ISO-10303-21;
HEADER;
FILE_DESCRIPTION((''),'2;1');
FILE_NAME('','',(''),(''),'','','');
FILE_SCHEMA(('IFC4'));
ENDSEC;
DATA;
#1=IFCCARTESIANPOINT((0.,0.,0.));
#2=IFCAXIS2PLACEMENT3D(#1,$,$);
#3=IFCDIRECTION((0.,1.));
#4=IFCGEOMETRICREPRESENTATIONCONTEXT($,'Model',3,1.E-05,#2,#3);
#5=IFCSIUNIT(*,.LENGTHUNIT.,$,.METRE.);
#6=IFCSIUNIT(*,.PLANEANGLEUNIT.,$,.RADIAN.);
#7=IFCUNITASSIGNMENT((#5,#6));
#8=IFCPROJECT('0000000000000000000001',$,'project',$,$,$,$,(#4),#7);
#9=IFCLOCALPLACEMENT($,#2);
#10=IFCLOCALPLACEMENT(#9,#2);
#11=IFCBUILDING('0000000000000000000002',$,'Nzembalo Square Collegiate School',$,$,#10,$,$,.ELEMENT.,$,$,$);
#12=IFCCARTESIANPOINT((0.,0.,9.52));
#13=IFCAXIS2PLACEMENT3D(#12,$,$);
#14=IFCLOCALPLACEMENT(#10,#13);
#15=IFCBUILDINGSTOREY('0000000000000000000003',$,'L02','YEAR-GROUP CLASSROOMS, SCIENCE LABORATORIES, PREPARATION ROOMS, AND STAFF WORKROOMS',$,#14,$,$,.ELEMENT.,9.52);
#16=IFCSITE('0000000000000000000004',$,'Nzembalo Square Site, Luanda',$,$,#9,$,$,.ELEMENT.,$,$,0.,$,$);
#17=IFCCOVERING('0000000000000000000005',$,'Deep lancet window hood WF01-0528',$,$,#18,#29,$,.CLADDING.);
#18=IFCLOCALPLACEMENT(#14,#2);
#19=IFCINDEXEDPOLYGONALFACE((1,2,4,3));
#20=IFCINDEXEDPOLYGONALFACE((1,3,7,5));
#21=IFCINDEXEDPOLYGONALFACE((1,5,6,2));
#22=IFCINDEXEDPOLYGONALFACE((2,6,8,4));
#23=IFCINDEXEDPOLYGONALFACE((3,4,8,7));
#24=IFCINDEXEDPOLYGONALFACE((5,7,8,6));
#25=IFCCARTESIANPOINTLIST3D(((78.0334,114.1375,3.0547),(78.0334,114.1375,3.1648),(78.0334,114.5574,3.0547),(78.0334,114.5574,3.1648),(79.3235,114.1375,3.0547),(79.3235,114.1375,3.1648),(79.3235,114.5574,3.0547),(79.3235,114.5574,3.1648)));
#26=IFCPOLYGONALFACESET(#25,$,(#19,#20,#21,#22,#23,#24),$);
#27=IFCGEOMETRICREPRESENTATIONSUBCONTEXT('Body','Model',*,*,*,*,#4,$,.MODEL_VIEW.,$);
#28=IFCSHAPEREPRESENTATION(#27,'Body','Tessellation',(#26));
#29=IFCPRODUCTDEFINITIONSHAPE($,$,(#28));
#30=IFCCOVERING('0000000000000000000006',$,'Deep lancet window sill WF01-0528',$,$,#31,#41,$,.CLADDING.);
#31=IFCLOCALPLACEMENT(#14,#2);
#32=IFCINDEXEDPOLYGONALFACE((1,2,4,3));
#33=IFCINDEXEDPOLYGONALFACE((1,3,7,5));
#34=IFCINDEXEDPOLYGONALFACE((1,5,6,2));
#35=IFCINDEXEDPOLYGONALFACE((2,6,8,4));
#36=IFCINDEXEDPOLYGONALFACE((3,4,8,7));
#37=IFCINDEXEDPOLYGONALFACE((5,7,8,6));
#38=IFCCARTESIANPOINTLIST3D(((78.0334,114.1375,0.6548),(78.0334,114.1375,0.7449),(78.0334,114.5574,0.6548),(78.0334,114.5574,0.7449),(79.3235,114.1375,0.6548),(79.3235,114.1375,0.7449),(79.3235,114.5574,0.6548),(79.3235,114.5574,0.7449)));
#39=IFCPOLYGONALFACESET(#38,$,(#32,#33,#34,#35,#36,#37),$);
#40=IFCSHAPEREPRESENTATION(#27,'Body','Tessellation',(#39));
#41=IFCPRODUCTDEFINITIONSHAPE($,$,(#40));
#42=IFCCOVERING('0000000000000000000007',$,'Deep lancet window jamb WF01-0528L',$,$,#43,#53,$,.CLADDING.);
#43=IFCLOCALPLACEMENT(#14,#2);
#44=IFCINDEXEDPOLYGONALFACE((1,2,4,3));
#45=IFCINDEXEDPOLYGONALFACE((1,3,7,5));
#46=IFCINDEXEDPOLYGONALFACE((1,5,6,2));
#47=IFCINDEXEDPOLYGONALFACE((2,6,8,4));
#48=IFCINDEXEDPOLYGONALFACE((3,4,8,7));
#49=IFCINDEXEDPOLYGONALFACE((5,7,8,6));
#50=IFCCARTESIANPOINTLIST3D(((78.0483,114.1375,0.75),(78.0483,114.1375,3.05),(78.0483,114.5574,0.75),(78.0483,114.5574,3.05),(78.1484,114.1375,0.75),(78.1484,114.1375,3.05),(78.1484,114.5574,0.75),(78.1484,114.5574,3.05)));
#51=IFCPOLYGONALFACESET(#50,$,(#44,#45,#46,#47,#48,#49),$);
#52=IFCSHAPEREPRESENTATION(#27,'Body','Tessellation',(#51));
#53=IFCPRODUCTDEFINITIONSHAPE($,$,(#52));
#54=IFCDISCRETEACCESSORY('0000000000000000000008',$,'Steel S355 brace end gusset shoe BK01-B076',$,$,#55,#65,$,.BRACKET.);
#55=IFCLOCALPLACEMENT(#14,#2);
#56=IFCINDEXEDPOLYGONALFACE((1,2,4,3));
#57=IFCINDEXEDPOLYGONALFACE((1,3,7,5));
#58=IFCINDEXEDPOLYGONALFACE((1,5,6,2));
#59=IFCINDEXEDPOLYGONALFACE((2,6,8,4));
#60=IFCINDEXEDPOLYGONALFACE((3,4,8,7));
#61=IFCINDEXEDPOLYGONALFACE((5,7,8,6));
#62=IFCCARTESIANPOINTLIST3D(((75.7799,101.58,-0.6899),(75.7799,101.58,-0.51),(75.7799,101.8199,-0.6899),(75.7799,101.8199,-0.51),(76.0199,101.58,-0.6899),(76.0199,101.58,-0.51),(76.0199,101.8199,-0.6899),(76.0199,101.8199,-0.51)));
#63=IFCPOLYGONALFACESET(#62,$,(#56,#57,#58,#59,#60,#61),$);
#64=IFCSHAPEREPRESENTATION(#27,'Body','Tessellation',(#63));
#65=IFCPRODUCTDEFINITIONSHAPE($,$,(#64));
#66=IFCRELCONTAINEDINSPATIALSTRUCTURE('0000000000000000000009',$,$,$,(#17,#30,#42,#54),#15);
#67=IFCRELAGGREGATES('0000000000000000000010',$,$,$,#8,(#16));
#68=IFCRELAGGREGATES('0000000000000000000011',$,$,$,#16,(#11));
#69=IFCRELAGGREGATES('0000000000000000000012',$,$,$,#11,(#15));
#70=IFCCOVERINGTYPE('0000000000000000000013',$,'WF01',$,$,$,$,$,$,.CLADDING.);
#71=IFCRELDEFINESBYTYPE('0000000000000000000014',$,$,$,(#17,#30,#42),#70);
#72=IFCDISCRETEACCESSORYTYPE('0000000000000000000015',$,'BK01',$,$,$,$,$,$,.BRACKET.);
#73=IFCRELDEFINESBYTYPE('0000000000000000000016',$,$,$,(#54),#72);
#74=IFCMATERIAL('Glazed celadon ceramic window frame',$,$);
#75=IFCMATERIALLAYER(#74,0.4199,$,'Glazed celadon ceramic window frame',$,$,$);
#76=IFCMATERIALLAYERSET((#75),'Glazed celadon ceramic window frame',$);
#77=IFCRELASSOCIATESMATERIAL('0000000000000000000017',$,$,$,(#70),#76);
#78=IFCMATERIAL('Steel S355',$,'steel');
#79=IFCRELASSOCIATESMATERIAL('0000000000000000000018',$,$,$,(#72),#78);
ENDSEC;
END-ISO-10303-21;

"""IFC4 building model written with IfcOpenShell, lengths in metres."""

from ifc_helpers import new_model, si_unit, direction, frame, origin, origin_2d, place, context, subcontext, project, spatial, rectangle, extrude, material, layer, layer_set, type_object, element, save


model = new_model("IFC4")

# Units and contexts
model_context = context("Model", 3, precision=1e-05, world=origin(), true_north=direction((0.0, 1.0)))
body_context = subcontext(model_context, "Body", "Model", "MODEL_VIEW")
ifc_project = project(units=[si_unit("LENGTHUNIT", "METRE"), si_unit("PLANEANGLEUNIT", "RADIAN")], contexts=[model_context])

# Site, building, storey
site_placement = place(None, origin())
site = spatial("IfcSite", under=ifc_project, at=site_placement, Name="Nzembalo Square Site, Luanda", CompositionType="ELEMENT", RefElevation=0.0)
building_placement = place(site_placement, origin())
building = spatial("IfcBuilding", under=site, at=building_placement, Name="Nzembalo Square Collegiate School", CompositionType="ELEMENT")
storey_placement = place(building_placement, frame((0.0, 0.0, 9.52)))
storey = spatial("IfcBuildingStorey", under=building, at=storey_placement, Name="L02", Description="YEAR-GROUP CLASSROOMS, SCIENCE LABORATORIES, PREPARATION ROOMS, AND STAFF WORKROOMS", CompositionType="ELEMENT", Elevation=9.52)

# Coverings
ifc_material_1 = material(Name="Glazed celadon ceramic window frame")
ifc_layer_1 = layer(ifc_material_1, 0.4199, Name="Glazed celadon ceramic window frame")
ifc_layer_set_1 = layer_set([ifc_layer_1], Name="Glazed celadon ceramic window frame")
covering_type_1 = type_object("IfcCoveringType", Name="WF01", PredefinedType="CLADDING", material=ifc_layer_set_1)
covering_1_placement = place(storey_placement, frame((78.6785, 114.3474, 3.0547), z_axis=(0.0, 0.0, 1.0), x_axis=(1.0, 0.0, 0.0)))
element("IfcCovering", 1, at=covering_1_placement, inside=storey, type_object=covering_type_1, Name="Deep lancet window hood WF01-0528", PredefinedType="CLADDING", context=body_context, shape_type="SweptSolid", body=[
    extrude(rectangle(XDim=1.29, YDim=0.4199, at=origin_2d()), origin(), (0.0, 0.0, 1.0), 0.1101),
])
covering_2_placement = place(storey_placement, frame((78.6785, 114.3474, 0.6548), z_axis=(0.0, 0.0, 1.0), x_axis=(1.0, 0.0, 0.0)))
element("IfcCovering", 2, at=covering_2_placement, inside=storey, type_object=covering_type_1, Name="Deep lancet window sill WF01-0528", PredefinedType="CLADDING", context=body_context, shape_type="SweptSolid", body=[
    extrude(rectangle(XDim=1.29, YDim=0.4199, at=origin_2d()), origin(), (0.0, 0.0, 1.0), 0.0901),
])
covering_3_placement = place(storey_placement, frame((78.0984, 114.3474, 0.75), z_axis=(0.0, 0.0, 1.0), x_axis=(1.0, 0.0, 0.0)))
element("IfcCovering", 3, at=covering_3_placement, inside=storey, type_object=covering_type_1, Name="Deep lancet window jamb WF01-0528L", PredefinedType="CLADDING", context=body_context, shape_type="SweptSolid", body=[
    extrude(rectangle(XDim=0.1001, YDim=0.4199, at=origin_2d()), origin(), (0.0, 0.0, 1.0), 2.3),
])

# Discrete accessory
ifc_material_2 = material(Name="Steel S355", Category="steel")
discrete_accessory_type = type_object("IfcDiscreteAccessoryType", Name="BK01", PredefinedType="BRACKET", material=ifc_material_2)
discrete_accessory_placement = place(storey_placement, frame((75.8999, 101.7, -0.6899), z_axis=(0.0, 0.0, 1.0), x_axis=(1.0, 0.0, 0.0)))
element("IfcDiscreteAccessory", 4, at=discrete_accessory_placement, inside=storey, type_object=discrete_accessory_type, Name="Steel S355 brace end gusset shoe BK01-B076", PredefinedType="BRACKET", context=body_context, shape_type="SweptSolid", body=[
    extrude(rectangle(XDim=0.24, YDim=0.24, at=origin_2d()), origin(), (0.0, 0.0, 1.0), 0.1799),
])

save(model, "model.ifc")
